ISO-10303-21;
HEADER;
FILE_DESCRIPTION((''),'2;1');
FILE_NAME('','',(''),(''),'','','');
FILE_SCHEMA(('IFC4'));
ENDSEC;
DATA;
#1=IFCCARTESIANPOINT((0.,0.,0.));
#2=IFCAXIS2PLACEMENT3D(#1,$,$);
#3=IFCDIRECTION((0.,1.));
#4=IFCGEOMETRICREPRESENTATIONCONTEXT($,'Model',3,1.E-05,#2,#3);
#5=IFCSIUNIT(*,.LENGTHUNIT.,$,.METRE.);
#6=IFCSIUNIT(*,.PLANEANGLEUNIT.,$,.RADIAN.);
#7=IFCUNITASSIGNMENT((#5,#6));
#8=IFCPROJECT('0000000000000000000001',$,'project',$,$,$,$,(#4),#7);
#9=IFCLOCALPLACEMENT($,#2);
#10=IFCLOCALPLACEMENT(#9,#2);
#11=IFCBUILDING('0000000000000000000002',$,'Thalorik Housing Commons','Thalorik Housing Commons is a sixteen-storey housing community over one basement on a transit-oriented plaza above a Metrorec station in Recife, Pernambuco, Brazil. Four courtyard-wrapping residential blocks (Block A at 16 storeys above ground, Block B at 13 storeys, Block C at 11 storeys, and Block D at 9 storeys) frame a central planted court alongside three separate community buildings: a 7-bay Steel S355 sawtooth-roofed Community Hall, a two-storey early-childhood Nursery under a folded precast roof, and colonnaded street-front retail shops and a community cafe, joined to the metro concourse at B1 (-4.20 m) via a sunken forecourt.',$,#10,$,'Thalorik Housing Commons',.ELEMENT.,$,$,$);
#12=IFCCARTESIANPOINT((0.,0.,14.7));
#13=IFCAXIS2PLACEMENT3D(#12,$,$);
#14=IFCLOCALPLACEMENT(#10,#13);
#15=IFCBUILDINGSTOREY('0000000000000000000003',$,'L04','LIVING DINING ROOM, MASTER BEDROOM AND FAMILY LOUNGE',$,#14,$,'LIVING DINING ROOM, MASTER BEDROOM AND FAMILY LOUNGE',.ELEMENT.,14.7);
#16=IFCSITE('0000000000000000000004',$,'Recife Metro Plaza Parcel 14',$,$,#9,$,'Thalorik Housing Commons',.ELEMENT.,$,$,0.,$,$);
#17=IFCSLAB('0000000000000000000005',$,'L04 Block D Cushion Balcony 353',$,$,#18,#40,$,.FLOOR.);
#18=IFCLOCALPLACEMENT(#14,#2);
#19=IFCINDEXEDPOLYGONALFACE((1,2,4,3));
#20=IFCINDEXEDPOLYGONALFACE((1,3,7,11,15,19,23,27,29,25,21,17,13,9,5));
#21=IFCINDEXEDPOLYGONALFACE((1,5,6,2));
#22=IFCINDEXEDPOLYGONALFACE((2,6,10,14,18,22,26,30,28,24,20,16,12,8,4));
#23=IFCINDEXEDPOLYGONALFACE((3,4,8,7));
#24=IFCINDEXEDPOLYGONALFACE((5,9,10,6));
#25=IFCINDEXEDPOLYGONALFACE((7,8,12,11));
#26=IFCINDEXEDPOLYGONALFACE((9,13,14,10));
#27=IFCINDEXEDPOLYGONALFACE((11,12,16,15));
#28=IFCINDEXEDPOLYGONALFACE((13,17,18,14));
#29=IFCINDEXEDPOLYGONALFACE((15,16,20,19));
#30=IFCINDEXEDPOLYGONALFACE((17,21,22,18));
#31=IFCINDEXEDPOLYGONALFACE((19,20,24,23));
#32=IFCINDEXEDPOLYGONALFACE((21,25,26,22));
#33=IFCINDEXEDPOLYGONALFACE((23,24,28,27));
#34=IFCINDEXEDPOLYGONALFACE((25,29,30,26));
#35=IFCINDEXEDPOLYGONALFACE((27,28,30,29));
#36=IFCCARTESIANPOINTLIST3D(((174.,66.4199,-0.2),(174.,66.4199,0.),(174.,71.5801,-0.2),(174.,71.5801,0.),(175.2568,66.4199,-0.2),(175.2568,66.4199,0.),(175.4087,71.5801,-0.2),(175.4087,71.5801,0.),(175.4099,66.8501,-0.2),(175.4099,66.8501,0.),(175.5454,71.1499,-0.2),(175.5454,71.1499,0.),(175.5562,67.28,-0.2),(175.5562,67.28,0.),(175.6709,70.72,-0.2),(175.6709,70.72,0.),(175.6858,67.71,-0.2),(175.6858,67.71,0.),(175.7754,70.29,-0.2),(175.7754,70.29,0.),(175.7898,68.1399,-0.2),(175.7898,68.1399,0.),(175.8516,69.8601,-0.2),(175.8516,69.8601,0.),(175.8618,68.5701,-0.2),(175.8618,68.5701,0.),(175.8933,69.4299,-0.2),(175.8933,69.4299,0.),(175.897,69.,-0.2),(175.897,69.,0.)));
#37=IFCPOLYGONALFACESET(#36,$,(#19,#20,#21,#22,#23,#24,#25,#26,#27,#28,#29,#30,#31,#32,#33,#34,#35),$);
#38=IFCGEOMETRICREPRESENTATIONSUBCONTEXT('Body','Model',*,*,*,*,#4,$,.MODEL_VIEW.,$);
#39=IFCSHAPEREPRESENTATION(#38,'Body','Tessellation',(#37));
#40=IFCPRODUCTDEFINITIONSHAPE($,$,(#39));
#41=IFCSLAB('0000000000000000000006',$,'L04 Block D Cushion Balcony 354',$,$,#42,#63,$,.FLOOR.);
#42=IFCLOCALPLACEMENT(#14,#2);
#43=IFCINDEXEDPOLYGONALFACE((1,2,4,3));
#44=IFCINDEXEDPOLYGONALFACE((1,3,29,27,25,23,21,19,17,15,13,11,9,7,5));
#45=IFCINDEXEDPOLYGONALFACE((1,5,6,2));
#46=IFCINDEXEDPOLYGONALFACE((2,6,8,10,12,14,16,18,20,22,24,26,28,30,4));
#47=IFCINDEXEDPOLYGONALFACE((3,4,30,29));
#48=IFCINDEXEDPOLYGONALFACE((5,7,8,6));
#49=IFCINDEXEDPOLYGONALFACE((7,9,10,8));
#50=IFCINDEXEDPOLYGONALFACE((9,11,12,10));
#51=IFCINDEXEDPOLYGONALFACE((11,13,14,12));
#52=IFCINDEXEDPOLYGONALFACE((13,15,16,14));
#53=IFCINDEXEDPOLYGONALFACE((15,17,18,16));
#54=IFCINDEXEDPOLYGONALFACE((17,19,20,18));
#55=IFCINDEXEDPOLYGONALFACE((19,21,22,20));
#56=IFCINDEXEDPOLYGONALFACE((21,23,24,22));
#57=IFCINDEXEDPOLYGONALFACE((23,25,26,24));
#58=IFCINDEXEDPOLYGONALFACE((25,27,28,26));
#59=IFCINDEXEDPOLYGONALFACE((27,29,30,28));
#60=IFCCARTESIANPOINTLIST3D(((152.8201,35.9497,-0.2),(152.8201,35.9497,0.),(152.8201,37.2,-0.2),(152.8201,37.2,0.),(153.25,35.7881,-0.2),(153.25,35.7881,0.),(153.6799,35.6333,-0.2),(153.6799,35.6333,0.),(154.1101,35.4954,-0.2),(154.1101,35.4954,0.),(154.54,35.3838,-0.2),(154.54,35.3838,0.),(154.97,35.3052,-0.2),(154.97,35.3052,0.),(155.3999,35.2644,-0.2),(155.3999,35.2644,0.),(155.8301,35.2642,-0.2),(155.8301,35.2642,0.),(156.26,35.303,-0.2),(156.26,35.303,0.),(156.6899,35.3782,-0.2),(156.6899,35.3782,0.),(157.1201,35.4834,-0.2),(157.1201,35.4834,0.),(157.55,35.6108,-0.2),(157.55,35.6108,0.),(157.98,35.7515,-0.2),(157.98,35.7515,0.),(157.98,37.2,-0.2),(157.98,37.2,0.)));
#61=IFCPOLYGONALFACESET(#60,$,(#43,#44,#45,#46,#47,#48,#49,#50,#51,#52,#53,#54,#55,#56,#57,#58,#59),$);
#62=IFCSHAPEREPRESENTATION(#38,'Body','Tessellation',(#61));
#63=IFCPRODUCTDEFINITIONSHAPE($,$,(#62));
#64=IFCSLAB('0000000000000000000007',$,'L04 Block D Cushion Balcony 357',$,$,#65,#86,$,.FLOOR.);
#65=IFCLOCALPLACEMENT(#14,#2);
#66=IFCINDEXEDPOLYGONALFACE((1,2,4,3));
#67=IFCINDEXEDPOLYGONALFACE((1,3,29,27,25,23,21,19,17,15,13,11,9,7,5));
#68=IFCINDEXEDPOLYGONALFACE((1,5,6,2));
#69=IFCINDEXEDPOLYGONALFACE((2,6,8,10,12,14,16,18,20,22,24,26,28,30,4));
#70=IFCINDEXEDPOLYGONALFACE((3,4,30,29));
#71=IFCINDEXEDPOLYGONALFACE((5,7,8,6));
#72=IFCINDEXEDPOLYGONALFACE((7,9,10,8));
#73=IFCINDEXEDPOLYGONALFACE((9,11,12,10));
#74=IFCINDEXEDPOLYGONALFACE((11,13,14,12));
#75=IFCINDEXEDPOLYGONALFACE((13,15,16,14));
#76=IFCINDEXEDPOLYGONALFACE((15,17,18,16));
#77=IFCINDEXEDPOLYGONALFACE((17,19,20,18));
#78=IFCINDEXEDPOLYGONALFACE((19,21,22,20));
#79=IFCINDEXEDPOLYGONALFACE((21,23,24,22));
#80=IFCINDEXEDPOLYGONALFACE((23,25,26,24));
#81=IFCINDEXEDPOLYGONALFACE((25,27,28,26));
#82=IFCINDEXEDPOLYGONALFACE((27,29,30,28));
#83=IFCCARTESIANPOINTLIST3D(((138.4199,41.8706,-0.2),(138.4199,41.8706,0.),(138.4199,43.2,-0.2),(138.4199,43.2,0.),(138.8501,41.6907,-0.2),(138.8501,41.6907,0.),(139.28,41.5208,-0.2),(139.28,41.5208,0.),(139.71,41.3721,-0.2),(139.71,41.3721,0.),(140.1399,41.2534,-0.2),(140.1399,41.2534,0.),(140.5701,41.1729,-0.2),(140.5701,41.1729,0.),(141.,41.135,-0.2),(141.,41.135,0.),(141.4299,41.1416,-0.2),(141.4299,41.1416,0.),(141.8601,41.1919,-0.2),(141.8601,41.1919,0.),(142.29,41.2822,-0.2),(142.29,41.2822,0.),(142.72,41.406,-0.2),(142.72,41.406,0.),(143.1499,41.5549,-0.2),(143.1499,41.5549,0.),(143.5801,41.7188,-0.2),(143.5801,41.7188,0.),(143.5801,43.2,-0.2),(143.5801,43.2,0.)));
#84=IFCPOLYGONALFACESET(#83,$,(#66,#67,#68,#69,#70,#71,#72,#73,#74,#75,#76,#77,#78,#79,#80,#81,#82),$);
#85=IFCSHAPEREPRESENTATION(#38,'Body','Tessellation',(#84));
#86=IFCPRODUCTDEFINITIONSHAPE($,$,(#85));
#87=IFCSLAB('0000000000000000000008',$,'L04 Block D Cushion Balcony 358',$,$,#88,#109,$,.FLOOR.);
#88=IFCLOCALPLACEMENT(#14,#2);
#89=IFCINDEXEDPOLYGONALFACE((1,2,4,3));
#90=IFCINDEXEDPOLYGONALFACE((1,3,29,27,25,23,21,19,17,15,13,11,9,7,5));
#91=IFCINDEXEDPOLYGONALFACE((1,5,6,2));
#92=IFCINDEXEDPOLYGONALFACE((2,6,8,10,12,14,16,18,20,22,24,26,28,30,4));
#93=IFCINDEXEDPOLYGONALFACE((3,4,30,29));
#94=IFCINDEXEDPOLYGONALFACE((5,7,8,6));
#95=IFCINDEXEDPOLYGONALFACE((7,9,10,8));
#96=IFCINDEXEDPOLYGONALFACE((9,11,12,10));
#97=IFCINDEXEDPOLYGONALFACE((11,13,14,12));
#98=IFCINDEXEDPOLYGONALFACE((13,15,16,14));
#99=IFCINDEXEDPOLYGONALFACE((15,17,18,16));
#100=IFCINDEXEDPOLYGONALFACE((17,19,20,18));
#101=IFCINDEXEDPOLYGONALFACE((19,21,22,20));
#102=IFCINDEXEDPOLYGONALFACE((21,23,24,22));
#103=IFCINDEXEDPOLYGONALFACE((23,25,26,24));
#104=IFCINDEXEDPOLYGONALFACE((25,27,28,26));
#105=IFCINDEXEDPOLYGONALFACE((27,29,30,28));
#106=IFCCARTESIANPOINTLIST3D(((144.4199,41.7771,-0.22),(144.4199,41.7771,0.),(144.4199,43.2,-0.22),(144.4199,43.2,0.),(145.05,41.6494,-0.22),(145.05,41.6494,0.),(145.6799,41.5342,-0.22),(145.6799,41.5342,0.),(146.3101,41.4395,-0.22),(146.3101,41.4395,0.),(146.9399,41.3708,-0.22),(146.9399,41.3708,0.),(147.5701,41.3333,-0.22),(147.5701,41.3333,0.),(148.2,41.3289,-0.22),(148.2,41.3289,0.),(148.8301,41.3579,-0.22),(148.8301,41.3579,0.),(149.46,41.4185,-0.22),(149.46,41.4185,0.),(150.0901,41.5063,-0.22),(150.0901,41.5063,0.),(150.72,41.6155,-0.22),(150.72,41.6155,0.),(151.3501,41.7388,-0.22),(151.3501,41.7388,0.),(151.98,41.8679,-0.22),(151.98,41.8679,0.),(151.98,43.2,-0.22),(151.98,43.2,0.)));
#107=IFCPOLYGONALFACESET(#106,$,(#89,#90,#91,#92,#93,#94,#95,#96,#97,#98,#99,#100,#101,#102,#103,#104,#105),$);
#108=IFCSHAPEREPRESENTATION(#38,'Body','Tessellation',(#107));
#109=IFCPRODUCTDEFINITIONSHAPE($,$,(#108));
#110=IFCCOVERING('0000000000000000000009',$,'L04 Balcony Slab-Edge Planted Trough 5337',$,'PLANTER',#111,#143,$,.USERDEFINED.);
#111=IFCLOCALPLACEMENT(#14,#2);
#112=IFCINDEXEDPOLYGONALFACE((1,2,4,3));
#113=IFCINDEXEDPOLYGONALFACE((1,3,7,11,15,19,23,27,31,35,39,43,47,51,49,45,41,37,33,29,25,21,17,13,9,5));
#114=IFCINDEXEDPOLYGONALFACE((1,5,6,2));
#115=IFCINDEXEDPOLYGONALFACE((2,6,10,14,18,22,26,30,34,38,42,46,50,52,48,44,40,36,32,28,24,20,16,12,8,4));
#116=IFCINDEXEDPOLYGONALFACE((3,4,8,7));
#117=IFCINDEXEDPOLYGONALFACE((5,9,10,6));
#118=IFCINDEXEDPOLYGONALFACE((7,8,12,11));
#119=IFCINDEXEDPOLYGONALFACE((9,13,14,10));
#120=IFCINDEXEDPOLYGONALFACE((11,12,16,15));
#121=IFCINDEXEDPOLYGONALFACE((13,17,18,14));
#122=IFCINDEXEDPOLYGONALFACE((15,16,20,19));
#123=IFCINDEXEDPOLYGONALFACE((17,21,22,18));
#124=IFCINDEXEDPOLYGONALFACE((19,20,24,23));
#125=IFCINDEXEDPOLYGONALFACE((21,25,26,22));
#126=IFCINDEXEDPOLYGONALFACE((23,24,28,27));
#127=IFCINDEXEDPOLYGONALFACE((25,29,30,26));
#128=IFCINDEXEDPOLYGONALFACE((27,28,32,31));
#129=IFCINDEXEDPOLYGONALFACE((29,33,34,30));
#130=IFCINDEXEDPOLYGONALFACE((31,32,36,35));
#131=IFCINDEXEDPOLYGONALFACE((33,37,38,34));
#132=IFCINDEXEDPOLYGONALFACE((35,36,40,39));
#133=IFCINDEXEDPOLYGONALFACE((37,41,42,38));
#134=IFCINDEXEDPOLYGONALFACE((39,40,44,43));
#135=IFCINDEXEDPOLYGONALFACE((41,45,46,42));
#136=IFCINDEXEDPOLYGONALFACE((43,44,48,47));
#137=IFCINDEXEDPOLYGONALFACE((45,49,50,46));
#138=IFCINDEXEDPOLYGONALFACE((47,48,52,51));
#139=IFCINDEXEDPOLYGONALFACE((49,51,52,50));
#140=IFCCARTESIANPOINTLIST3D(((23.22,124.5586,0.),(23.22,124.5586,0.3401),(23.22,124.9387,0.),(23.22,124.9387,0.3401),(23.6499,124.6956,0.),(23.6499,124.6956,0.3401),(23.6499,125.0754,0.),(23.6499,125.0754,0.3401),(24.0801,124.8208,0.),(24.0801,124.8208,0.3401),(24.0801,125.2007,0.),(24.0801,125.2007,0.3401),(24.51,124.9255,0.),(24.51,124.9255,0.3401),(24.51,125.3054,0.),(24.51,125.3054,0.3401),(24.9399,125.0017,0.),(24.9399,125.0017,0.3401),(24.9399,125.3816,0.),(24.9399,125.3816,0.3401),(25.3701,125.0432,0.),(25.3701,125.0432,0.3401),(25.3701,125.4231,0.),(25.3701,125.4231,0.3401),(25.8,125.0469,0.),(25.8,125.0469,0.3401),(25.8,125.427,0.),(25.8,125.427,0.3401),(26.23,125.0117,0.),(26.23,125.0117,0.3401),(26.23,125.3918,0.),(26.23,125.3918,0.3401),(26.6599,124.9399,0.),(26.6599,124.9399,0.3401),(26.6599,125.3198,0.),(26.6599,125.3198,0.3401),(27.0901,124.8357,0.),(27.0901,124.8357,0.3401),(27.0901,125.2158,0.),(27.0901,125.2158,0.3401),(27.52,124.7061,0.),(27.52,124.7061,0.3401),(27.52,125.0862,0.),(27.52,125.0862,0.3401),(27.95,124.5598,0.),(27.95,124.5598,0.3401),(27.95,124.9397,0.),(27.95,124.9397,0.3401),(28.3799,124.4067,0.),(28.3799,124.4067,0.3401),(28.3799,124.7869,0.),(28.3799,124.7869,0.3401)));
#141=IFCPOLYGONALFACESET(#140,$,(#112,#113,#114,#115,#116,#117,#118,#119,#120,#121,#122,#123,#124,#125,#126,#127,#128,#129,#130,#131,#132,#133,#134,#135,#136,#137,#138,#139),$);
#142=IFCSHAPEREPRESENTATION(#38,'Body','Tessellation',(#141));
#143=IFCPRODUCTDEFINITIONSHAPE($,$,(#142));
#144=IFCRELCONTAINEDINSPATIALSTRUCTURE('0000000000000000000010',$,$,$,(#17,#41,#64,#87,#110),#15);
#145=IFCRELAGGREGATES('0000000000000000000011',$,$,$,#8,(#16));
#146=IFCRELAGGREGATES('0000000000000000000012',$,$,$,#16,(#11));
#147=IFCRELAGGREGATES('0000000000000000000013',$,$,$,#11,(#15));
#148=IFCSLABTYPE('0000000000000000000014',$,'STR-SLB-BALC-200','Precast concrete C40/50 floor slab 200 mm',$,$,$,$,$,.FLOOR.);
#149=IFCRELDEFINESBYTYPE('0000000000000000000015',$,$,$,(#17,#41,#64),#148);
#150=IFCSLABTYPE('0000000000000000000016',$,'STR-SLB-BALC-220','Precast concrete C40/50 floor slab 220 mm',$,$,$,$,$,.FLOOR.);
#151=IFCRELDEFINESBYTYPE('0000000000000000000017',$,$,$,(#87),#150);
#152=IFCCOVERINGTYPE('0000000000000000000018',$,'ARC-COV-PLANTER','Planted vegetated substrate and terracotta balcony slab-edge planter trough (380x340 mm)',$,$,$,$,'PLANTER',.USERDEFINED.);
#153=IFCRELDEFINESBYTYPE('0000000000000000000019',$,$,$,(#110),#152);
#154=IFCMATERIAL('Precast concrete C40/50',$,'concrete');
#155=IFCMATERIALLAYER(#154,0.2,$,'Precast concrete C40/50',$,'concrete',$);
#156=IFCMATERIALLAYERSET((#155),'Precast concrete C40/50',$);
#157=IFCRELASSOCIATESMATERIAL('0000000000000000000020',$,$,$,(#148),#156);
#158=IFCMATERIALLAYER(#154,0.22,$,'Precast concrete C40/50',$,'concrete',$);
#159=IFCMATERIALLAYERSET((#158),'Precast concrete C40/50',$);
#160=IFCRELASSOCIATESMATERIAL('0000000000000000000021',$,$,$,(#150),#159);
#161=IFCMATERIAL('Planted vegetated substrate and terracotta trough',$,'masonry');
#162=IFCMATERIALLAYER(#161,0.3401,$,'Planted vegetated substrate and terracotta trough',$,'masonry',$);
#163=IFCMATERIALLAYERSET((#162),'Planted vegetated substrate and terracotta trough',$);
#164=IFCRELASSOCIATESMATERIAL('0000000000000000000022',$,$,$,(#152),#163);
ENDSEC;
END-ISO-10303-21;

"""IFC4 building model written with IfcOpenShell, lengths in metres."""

from ifc_helpers import new_model, si_unit, direction, frame, origin, place, context, subcontext, project, spatial, polyline, outline, extrude, material, layer, layer_set, type_object, element, save


model = new_model("IFC4")

# Units and contexts
model_context = context("Model", 3, precision=1e-05, world=origin(), true_north=direction((0.0, 1.0)))
body_context = subcontext(model_context, "Body", "Model", "MODEL_VIEW")
ifc_project = project(units=[si_unit("LENGTHUNIT", "METRE"), si_unit("PLANEANGLEUNIT", "RADIAN")], contexts=[model_context])

# Site, building, storey
site_placement = place(None, origin())
site = spatial("IfcSite", under=ifc_project, at=site_placement, Name="Recife Metro Plaza Parcel 14", LongName="Thalorik Housing Commons", CompositionType="ELEMENT", RefElevation=0.0)
building_placement = place(site_placement, origin())
building = spatial("IfcBuilding", under=site, at=building_placement, Name="Thalorik Housing Commons", Description="Thalorik Housing Commons is a sixteen-storey housing community over one basement on a transit-oriented plaza above a Metrorec station in Recife, Pernambuco, Brazil. Four courtyard-wrapping residential blocks (Block A at 16 storeys above ground, Block B at 13 storeys, Block C at 11 storeys, and Block D at 9 storeys) frame a central planted court alongside three separate community buildings: a 7-bay Steel S355 sawtooth-roofed Community Hall, a two-storey early-childhood Nursery under a folded precast roof, and colonnaded street-front retail shops and a community cafe, joined to the metro concourse at B1 (-4.20 m) via a sunken forecourt.", LongName="Thalorik Housing Commons", CompositionType="ELEMENT")
storey_placement = place(building_placement, frame((0.0, 0.0, 14.7)))
storey = spatial("IfcBuildingStorey", under=building, at=storey_placement, Name="L04", Description="LIVING DINING ROOM, MASTER BEDROOM AND FAMILY LOUNGE", LongName="LIVING DINING ROOM, MASTER BEDROOM AND FAMILY LOUNGE", CompositionType="ELEMENT", Elevation=14.7)

# Slabs
ifc_material_1 = material(Name="Precast concrete C40/50", Category="concrete")
ifc_layer_1 = layer(ifc_material_1, 0.2, Name="Precast concrete C40/50", Category="concrete")
ifc_layer_set_1 = layer_set([ifc_layer_1], Name="Precast concrete C40/50")
slab_type_1 = type_object("IfcSlabType", Name="STR-SLB-BALC-200", Description="Precast concrete C40/50 floor slab 200 mm", PredefinedType="FLOOR", material=ifc_layer_set_1)
slab_1_placement = place(storey_placement, frame((0.0, 0.0, -0.2)))
element("IfcSlab", 1, at=slab_1_placement, inside=storey, type_object=slab_type_1, Name="L04 Block D Cushion Balcony 353", PredefinedType="FLOOR", context=body_context, shape_type="SweptSolid", body=[
    extrude(outline(polyline([(175.2568, 66.4199), (175.4099, 66.8501), (175.5562, 67.28), (175.6858, 67.71), (175.7898, 68.1399), (175.8618, 68.5701), (175.897, 69.0), (175.8933, 69.4299), (175.8516, 69.8601), (175.7754, 70.29), (175.6709, 70.72), (175.5454, 71.1499), (175.4087, 71.5801), (174.0, 71.5801), (174.0, 66.4199), (175.2568, 66.4199)])), origin(), (0.0, 0.0, 1.0), 0.2),
])
slab_2_placement = place(storey_placement, frame((0.0, 0.0, -0.2)))
element("IfcSlab", 2, at=slab_2_placement, inside=storey, type_object=slab_type_1, Name="L04 Block D Cushion Balcony 354", PredefinedType="FLOOR", context=body_context, shape_type="SweptSolid", body=[
    extrude(outline(polyline([(152.8201, 35.9497), (153.25, 35.7881), (153.6799, 35.6333), (154.1101, 35.4954), (154.54, 35.3838), (154.97, 35.3052), (155.3999, 35.2644), (155.8301, 35.2642), (156.26, 35.303), (156.6899, 35.3782), (157.1201, 35.4834), (157.55, 35.6108), (157.98, 35.7515), (157.98, 37.2), (152.8201, 37.2), (152.8201, 35.9497)])), origin(), (0.0, 0.0, 1.0), 0.2),
])
slab_3_placement = place(storey_placement, frame((0.0, 0.0, -0.2)))
element("IfcSlab", 3, at=slab_3_placement, inside=storey, type_object=slab_type_1, Name="L04 Block D Cushion Balcony 357", PredefinedType="FLOOR", context=body_context, shape_type="SweptSolid", body=[
    extrude(outline(polyline([(138.4199, 41.8706), (138.8501, 41.6907), (139.28, 41.5208), (139.71, 41.3721), (140.1399, 41.2534), (140.5701, 41.1729), (141.0, 41.135), (141.4299, 41.1416), (141.8601, 41.1919), (142.29, 41.2822), (142.72, 41.406), (143.1499, 41.5549), (143.5801, 41.7188), (143.5801, 43.2), (138.4199, 43.2), (138.4199, 41.8706)])), origin(), (0.0, 0.0, 1.0), 0.2),
])
ifc_layer_2 = layer(ifc_material_1, 0.22, Name="Precast concrete C40/50", Category="concrete")
ifc_layer_set_2 = layer_set([ifc_layer_2], Name="Precast concrete C40/50")
slab_type_2 = type_object("IfcSlabType", Name="STR-SLB-BALC-220", Description="Precast concrete C40/50 floor slab 220 mm", PredefinedType="FLOOR", material=ifc_layer_set_2)
slab_4_placement = place(storey_placement, frame((0.0, 0.0, -0.22)))
element("IfcSlab", 4, at=slab_4_placement, inside=storey, type_object=slab_type_2, Name="L04 Block D Cushion Balcony 358", PredefinedType="FLOOR", context=body_context, shape_type="SweptSolid", body=[
    extrude(outline(polyline([(144.4199, 41.7771), (145.05, 41.6494), (145.6799, 41.5342), (146.3101, 41.4395), (146.9399, 41.3708), (147.5701, 41.3333), (148.2, 41.3289), (148.8301, 41.3579), (149.46, 41.4185), (150.0901, 41.5063), (150.72, 41.6155), (151.3501, 41.7388), (151.98, 41.8679), (151.98, 43.2), (144.4199, 43.2), (144.4199, 41.7771)])), origin(), (0.0, 0.0, 1.0), 0.22),
])

# Covering
ifc_material_2 = material(Name="Planted vegetated substrate and terracotta trough", Category="masonry")
ifc_layer_3 = layer(ifc_material_2, 0.3401, Name="Planted vegetated substrate and terracotta trough", Category="masonry")
ifc_layer_set_3 = layer_set([ifc_layer_3], Name="Planted vegetated substrate and terracotta trough")
covering_type = type_object("IfcCoveringType", Name="ARC-COV-PLANTER", Description="Planted vegetated substrate and terracotta balcony slab-edge planter trough (380x340 mm)", ElementType="PLANTER", PredefinedType="USERDEFINED", material=ifc_layer_set_3)
covering_placement = place(storey_placement, origin())
element("IfcCovering", 5, at=covering_placement, inside=storey, type_object=covering_type, Name="L04 Balcony Slab-Edge Planted Trough 5337", ObjectType="PLANTER", PredefinedType="USERDEFINED", context=body_context, shape_type="SweptSolid", body=[
    extrude(outline(polyline([(28.3799, 124.7869), (27.95, 124.9397), (27.52, 125.0862), (27.0901, 125.2158), (26.6599, 125.3198), (26.23, 125.3918), (25.8, 125.427), (25.3701, 125.4231), (24.9399, 125.3816), (24.51, 125.3054), (24.0801, 125.2007), (23.6499, 125.0754), (23.22, 124.9387), (23.22, 124.5586), (23.6499, 124.6956), (24.0801, 124.8208), (24.51, 124.9255), (24.9399, 125.0017), (25.3701, 125.0432), (25.8, 125.0469), (26.23, 125.0117), (26.6599, 124.9399), (27.0901, 124.8357), (27.52, 124.7061), (27.95, 124.5598), (28.3799, 124.4067), (28.3799, 124.7869)])), origin(), (0.0, 0.0, 1.0), 0.3401),
])

save(model, "model.ifc")
